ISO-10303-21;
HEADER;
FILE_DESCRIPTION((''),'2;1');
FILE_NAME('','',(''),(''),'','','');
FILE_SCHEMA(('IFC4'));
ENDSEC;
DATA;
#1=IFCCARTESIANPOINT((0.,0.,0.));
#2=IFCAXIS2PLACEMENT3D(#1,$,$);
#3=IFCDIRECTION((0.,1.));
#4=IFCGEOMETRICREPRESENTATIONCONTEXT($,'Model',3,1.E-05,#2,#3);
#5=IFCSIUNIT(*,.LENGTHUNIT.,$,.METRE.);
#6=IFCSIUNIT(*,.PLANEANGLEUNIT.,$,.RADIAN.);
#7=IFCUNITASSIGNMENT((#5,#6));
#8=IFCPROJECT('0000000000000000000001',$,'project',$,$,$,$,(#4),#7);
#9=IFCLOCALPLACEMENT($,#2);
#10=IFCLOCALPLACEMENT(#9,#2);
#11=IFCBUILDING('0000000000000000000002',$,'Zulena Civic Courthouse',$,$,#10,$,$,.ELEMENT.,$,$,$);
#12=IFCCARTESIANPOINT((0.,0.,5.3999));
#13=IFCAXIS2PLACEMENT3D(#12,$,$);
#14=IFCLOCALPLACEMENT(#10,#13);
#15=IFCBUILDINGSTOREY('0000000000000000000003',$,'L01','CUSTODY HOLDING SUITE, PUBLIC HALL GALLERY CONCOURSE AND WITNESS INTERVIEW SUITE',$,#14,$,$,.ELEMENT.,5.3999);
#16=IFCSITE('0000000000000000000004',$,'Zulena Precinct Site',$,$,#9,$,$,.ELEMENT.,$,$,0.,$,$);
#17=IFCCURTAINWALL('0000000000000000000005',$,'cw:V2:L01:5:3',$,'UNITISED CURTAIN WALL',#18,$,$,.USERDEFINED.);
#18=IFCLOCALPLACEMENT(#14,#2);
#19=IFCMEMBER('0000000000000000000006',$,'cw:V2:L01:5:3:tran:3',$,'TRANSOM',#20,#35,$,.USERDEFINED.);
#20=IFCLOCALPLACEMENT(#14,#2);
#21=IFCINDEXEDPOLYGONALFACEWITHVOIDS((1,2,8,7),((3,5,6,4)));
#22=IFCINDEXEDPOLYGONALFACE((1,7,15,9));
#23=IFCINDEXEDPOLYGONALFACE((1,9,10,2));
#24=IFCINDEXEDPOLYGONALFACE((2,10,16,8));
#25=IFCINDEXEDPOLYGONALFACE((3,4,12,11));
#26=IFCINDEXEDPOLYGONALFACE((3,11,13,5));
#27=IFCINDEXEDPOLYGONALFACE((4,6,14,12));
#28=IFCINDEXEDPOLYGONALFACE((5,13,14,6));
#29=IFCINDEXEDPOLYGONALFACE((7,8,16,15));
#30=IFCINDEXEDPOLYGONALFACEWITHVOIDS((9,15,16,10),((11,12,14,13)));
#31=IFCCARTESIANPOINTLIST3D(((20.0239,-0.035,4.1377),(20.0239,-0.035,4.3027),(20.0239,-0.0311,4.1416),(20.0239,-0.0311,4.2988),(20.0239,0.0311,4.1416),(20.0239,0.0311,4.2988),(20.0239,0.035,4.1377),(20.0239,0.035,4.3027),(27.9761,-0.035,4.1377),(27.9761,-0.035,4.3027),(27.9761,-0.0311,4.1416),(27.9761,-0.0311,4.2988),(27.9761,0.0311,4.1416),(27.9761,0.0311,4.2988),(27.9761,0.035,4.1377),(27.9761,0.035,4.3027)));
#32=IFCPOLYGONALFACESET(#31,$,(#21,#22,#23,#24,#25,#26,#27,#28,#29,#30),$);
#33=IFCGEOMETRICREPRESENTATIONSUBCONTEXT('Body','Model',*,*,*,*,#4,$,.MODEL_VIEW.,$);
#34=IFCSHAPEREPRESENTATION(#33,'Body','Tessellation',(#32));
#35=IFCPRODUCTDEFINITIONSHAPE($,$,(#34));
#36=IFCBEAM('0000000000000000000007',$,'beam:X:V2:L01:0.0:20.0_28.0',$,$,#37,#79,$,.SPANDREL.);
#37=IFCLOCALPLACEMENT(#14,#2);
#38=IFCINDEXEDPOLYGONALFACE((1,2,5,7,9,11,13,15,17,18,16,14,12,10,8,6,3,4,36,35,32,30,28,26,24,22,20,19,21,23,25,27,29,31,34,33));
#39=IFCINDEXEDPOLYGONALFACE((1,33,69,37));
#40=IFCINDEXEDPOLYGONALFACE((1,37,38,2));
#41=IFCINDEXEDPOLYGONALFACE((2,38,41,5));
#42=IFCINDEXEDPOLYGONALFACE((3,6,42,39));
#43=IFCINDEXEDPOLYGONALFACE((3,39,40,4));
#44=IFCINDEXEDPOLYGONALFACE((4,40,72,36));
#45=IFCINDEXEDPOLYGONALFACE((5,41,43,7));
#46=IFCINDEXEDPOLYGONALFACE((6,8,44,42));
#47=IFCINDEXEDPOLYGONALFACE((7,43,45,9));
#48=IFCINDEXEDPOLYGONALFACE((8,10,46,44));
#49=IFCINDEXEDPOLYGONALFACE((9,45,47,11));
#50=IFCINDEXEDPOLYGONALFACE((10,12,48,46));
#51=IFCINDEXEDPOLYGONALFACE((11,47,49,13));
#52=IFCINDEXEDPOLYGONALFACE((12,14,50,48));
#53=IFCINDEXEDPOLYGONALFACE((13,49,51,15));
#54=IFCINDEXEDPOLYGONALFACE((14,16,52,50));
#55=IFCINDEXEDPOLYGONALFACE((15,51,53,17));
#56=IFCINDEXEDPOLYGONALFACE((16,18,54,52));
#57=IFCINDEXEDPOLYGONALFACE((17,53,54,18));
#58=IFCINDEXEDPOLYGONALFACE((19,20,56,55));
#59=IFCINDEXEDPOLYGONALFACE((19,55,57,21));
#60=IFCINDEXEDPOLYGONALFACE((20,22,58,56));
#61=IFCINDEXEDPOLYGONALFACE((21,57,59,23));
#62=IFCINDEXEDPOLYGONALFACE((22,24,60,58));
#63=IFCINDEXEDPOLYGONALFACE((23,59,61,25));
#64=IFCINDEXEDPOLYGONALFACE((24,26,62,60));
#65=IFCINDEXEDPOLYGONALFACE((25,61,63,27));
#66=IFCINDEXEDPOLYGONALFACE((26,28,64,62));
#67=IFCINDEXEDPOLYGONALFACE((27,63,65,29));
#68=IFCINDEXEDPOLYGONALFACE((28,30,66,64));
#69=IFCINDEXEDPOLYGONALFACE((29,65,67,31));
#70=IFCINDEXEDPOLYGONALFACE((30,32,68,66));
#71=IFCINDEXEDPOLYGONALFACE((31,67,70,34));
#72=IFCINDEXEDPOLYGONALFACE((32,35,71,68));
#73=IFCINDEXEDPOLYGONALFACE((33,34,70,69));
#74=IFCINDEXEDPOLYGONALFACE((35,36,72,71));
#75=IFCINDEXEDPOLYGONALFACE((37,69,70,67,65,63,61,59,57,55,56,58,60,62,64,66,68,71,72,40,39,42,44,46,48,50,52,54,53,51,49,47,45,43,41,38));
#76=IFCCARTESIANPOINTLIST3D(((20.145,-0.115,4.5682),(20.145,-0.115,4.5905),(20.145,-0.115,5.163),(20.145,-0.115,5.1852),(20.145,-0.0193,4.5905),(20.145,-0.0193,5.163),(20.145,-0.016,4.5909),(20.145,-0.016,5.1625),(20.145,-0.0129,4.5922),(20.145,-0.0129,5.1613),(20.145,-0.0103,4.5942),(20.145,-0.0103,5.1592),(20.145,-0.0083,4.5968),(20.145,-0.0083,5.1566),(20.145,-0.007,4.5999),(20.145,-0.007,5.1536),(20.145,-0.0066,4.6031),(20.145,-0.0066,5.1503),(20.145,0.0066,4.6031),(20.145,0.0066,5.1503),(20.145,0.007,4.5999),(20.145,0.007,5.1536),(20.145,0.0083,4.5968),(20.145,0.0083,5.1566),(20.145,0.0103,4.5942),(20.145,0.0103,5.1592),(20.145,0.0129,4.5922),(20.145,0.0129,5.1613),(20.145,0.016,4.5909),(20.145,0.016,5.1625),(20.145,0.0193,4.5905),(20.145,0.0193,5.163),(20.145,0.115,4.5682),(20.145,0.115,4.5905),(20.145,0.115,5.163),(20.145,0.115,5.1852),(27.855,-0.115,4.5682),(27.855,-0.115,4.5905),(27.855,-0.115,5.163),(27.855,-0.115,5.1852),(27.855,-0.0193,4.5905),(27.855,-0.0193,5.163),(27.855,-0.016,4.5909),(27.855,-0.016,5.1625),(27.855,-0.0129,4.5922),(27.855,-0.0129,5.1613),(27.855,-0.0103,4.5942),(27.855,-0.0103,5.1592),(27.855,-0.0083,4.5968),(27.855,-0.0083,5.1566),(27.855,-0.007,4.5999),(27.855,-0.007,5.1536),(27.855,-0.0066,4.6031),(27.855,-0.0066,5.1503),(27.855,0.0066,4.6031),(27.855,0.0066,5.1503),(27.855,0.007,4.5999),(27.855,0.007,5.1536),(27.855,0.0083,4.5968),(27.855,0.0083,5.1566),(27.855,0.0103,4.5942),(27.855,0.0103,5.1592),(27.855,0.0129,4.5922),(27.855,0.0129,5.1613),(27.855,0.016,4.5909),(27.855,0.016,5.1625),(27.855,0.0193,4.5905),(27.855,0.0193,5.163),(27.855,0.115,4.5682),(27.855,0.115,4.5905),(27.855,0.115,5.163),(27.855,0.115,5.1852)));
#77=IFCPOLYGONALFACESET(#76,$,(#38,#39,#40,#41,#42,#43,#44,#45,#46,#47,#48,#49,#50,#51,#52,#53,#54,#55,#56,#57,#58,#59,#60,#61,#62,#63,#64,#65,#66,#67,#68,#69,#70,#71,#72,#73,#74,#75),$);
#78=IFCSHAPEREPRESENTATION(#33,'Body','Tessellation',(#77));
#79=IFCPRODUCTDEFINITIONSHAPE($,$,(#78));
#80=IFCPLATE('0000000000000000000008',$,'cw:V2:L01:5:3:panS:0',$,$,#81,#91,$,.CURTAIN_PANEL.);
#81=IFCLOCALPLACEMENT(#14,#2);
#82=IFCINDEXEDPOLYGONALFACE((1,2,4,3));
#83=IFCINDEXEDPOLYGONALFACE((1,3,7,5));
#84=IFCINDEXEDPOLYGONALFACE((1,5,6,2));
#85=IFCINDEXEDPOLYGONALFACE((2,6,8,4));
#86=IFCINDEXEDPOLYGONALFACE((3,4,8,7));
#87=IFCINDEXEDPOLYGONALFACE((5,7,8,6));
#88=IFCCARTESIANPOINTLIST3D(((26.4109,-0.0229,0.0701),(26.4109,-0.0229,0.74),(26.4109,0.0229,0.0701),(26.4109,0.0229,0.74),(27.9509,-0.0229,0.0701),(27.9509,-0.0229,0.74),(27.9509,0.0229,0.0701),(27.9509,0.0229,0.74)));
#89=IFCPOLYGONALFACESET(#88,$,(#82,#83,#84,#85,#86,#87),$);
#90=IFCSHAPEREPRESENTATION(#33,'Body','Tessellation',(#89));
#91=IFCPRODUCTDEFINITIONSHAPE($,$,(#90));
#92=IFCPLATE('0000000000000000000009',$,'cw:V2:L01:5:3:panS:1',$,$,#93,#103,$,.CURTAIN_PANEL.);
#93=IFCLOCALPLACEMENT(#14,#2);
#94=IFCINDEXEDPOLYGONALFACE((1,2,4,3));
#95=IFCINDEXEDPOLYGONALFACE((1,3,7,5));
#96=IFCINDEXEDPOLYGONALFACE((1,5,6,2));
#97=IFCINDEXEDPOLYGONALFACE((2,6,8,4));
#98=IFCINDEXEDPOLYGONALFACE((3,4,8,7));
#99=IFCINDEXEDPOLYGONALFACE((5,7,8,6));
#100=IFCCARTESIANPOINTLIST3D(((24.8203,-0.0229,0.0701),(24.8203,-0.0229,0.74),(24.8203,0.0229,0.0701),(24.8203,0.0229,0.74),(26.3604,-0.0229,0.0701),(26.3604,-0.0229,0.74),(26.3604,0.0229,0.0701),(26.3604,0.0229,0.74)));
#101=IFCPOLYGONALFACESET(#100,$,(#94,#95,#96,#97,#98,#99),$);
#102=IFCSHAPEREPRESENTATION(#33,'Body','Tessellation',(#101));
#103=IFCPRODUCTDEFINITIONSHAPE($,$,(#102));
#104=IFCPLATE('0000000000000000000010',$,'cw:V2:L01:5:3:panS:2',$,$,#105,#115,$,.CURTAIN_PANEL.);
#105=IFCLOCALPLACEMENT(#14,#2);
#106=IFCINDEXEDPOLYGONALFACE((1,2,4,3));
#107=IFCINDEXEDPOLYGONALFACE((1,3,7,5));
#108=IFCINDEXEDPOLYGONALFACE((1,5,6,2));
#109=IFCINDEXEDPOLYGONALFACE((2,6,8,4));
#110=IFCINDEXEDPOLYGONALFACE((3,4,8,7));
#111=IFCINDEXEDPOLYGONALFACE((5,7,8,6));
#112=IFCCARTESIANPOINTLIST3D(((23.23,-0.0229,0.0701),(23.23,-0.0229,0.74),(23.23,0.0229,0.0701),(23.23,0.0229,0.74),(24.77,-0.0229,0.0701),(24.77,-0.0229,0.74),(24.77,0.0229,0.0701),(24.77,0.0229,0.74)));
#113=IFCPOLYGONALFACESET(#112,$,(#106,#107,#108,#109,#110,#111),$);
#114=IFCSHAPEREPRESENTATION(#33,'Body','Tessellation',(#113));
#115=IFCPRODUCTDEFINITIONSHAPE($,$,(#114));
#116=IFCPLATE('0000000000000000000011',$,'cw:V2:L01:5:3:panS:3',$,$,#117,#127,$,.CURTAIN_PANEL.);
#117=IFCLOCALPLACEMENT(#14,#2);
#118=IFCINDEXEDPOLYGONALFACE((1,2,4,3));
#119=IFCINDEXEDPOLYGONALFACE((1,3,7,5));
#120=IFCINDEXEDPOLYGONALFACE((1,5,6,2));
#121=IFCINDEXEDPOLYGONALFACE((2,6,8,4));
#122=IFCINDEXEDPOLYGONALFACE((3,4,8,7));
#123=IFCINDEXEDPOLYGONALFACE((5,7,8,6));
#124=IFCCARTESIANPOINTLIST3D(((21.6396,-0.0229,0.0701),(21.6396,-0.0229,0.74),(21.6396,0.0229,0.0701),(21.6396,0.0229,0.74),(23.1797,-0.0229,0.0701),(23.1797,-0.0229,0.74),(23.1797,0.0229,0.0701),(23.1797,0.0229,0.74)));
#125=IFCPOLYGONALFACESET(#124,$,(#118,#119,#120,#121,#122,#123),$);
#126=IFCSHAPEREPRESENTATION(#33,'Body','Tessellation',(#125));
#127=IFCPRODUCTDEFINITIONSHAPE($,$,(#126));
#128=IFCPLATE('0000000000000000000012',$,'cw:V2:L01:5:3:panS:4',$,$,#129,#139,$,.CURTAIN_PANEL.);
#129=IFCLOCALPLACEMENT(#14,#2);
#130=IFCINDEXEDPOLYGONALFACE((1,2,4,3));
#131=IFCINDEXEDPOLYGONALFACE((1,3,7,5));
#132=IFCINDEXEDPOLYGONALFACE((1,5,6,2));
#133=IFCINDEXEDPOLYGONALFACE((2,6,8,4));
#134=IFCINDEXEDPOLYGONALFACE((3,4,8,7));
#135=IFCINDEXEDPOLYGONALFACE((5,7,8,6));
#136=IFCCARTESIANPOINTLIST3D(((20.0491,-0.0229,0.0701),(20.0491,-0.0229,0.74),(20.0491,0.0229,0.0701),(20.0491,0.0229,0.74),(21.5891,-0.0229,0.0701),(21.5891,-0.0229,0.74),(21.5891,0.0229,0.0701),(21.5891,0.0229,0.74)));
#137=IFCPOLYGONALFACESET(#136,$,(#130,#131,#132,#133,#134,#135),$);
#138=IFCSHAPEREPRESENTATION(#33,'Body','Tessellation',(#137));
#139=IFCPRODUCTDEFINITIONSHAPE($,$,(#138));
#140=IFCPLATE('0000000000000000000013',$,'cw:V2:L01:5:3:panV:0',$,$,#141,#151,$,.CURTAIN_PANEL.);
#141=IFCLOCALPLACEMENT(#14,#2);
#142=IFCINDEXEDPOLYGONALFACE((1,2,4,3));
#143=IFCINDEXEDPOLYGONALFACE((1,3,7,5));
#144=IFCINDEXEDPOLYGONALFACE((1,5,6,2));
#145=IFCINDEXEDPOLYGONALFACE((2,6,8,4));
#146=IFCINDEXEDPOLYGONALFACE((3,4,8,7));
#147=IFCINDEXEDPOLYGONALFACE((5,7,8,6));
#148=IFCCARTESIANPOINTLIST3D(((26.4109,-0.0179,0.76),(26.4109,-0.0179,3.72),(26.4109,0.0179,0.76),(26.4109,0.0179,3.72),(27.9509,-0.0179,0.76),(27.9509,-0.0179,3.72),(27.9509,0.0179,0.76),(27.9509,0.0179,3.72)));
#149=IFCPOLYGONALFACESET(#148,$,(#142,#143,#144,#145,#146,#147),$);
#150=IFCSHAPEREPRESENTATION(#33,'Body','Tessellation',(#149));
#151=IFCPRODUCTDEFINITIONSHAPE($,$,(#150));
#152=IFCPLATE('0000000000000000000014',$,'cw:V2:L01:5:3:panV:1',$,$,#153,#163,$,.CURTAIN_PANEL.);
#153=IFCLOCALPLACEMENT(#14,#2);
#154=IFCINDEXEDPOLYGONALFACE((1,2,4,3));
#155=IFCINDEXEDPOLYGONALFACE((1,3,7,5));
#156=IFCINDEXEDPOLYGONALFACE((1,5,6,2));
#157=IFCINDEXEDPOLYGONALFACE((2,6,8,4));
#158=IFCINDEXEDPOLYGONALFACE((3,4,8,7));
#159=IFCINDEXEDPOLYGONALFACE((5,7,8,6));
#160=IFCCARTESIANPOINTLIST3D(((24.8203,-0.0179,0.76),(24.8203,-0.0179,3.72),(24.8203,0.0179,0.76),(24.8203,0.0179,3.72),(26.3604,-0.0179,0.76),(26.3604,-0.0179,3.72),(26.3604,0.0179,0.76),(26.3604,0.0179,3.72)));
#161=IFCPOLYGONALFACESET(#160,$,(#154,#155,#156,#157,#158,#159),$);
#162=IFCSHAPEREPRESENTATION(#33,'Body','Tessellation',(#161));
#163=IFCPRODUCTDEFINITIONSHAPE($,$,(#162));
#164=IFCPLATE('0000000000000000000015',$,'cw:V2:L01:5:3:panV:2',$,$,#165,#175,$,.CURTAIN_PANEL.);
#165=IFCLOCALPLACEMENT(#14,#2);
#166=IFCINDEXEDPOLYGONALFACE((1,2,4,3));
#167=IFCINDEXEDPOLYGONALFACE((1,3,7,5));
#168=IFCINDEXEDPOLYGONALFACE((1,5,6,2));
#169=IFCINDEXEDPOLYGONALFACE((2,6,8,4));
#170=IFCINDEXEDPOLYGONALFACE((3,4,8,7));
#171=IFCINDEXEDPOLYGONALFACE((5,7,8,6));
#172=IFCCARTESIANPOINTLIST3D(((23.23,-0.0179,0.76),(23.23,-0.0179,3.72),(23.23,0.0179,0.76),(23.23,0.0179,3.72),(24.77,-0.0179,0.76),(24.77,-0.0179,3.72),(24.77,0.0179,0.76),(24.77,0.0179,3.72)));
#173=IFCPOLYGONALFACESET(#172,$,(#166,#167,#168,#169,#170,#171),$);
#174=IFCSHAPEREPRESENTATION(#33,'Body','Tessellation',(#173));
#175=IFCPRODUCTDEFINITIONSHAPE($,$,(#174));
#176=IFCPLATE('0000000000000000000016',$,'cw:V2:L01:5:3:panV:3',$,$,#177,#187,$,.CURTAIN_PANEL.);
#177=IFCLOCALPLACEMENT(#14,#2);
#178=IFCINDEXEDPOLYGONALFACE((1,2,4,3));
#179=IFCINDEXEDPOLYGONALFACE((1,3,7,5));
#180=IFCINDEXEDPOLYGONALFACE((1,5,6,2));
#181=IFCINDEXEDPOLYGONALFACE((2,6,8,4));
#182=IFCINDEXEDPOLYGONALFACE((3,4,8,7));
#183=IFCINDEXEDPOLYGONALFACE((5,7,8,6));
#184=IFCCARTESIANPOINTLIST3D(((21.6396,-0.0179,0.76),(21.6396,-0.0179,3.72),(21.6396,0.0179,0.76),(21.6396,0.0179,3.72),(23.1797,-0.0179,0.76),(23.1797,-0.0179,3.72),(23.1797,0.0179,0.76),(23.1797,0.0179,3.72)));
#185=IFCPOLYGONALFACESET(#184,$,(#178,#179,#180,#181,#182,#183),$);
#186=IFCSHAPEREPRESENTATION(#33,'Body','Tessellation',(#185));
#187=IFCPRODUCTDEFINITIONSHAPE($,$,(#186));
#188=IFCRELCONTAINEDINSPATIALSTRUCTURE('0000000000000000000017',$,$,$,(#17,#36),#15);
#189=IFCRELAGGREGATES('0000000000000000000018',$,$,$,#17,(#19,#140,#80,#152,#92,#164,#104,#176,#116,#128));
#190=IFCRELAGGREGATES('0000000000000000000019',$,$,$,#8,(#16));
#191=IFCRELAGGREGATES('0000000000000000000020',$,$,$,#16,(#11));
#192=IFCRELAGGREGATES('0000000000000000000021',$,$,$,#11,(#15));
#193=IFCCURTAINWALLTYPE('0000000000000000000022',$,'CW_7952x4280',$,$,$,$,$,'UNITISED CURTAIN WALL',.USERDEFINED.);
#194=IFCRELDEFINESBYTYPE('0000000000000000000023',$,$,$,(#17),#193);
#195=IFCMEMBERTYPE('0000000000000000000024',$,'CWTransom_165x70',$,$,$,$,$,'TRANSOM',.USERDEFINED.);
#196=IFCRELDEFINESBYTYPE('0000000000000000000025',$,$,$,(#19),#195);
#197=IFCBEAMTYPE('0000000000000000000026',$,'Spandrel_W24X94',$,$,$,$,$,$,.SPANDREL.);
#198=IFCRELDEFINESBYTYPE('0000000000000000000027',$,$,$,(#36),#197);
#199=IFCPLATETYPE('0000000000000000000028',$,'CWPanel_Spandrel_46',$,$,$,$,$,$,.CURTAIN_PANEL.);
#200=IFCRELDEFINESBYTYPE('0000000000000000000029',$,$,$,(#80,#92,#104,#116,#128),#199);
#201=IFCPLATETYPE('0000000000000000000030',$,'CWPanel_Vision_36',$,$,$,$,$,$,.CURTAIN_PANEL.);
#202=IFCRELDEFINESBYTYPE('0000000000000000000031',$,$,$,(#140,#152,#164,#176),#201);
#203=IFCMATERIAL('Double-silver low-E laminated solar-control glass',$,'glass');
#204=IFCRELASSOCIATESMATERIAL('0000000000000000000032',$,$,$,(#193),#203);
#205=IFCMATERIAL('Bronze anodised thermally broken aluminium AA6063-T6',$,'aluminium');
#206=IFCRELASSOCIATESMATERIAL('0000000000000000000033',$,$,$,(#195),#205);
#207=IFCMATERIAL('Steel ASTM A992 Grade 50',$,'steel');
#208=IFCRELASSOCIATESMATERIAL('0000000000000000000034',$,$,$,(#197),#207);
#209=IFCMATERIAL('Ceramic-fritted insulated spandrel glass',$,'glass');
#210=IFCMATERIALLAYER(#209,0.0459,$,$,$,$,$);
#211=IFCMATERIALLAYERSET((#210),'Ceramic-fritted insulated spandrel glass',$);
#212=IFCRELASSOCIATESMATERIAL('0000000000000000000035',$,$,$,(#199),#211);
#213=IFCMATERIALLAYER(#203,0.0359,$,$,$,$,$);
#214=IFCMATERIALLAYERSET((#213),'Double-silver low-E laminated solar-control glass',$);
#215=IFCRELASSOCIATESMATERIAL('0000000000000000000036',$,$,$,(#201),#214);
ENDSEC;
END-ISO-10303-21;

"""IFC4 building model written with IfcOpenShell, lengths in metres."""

from ifc_helpers import new_model, si_unit, direction, frame, origin, origin_2d, place, context, subcontext, project, spatial, rectangle, hollow_rectangle, i_section, extrude, material, layer, layer_set, material_profile, profile_set, type_object, element, aggregate, save


model = new_model("IFC4")

# Units and contexts
model_context = context("Model", 3, precision=1e-05, world=origin(), true_north=direction((0.0, 1.0)))
body_context = subcontext(model_context, "Body", "Model", "MODEL_VIEW")
ifc_project = project(units=[si_unit("LENGTHUNIT", "METRE"), si_unit("PLANEANGLEUNIT", "RADIAN")], contexts=[model_context])

# Site, building, storey
site_placement = place(None, origin())
site = spatial("IfcSite", under=ifc_project, at=site_placement, Name="Zulena Precinct Site", CompositionType="ELEMENT", RefElevation=0.0)
building_placement = place(site_placement, origin())
building = spatial("IfcBuilding", under=site, at=building_placement, Name="Zulena Civic Courthouse", CompositionType="ELEMENT")
storey_placement = place(building_placement, frame((0.0, 0.0, 5.3999)))
storey = spatial("IfcBuildingStorey", under=building, at=storey_placement, Name="L01", Description="CUSTODY HOLDING SUITE, PUBLIC HALL GALLERY CONCOURSE AND WITNESS INTERVIEW SUITE", CompositionType="ELEMENT", Elevation=5.3999)

# Shared definitions
ifc_material_1 = material(Name="Steel ASTM A992 Grade 50", Category="steel")

# Curtain wall, member
ifc_material_2 = material(Name="Double-silver low-E laminated solar-control glass", Category="glass")
curtain_wall_type = type_object("IfcCurtainWallType", Name="CW_7952x4280", ElementType="UNITISED CURTAIN WALL", PredefinedType="USERDEFINED", material=ifc_material_2)
curtain_wall_placement = place(storey_placement, origin())
curtain_wall = element("IfcCurtainWall", 1, at=curtain_wall_placement, inside=storey, type_object=curtain_wall_type, Name="cw:V2:L01:5:3", ObjectType="UNITISED CURTAIN WALL", PredefinedType="USERDEFINED")
ifc_material_3 = material(Name="Bronze anodised thermally broken aluminium AA6063-T6", Category="aluminium")
ifc_material_profile_1 = material_profile(ifc_material_3, hollow_rectangle(XDim=0.0701, YDim=0.165, WallThickness=0.0039, at=origin_2d()), Name="CWT165X70X4")
ifc_profile_set_1 = profile_set([ifc_material_profile_1], Name="Bronze anodised thermally broken aluminium AA6063-T6")
member_type_1 = type_object("IfcMemberType", Name="CWTransom_165x70", ElementType="TRANSOM", PredefinedType="USERDEFINED", material=ifc_profile_set_1)
member_1_placement = place(storey_placement, frame((27.9761, 0.0, 4.2202), z_axis=(-1.0, 0.0, 0.0), x_axis=(0.0, -1.0, 0.0)))
member_1 = element("IfcMember", 2, at=member_1_placement, type_object=member_type_1, Name="cw:V2:L01:5:3:tran:3", ObjectType="TRANSOM", PredefinedType="USERDEFINED", context=body_context, shape_type="SweptSolid", body=[
    extrude(hollow_rectangle(XDim=0.0701, YDim=0.165, WallThickness=0.0039, at=origin_2d()), origin(), (0.0, 0.0, 1.0), 7.9521),
])

# Beam
ifc_material_profile_2 = material_profile(ifc_material_1, i_section(OverallWidth=0.23, OverallDepth=0.6169, WebThickness=0.0132, FlangeThickness=0.0222, FilletRadius=0.0127, at=origin_2d()), Name="W24X94")
ifc_profile_set_2 = profile_set([ifc_material_profile_2], Name="Steel ASTM A992 Grade 50")
beam_type = type_object("IfcBeamType", Name="Spandrel_W24X94", PredefinedType="SPANDREL", material=ifc_profile_set_2)
beam_placement = place(storey_placement, frame((20.145, 0.0, 4.8767), z_axis=(1.0, 0.0, 0.0), x_axis=(0.0, 1.0, 0.0)))
element("IfcBeam", 3, at=beam_placement, inside=storey, type_object=beam_type, Name="beam:X:V2:L01:0.0:20.0_28.0", PredefinedType="SPANDREL", context=body_context, shape_type="SweptSolid", body=[
    extrude(i_section(OverallWidth=0.23, OverallDepth=0.6169, WebThickness=0.0132, FlangeThickness=0.0222, FilletRadius=0.0127, at=origin_2d()), origin(), (0.0, 0.0, 1.0), 7.71),
])

# Plates
ifc_material_4 = material(Name="Ceramic-fritted insulated spandrel glass", Category="glass")
ifc_layer_1 = layer(ifc_material_4, 0.0459)
ifc_layer_set_1 = layer_set([ifc_layer_1], Name="Ceramic-fritted insulated spandrel glass")
plate_type_1 = type_object("IfcPlateType", Name="CWPanel_Spandrel_46", PredefinedType="CURTAIN_PANEL", material=ifc_layer_set_1)
plate_1_placement = place(storey_placement, frame((27.1809, 0.0, 0.0701), z_axis=(0.0, 0.0, 1.0), x_axis=(-1.0, 0.0, 0.0)))
plate_1 = element("IfcPlate", 4, at=plate_1_placement, type_object=plate_type_1, Name="cw:V2:L01:5:3:panS:0", PredefinedType="CURTAIN_PANEL", context=body_context, shape_type="SweptSolid", body=[
    extrude(rectangle(XDim=1.54, YDim=0.0459, at=origin_2d()), origin(), (0.0, 0.0, 1.0), 0.6699),
])
plate_2_placement = place(storey_placement, frame((25.5903, 0.0, 0.0701), z_axis=(0.0, 0.0, 1.0), x_axis=(-1.0, 0.0, 0.0)))
plate_2 = element("IfcPlate", 5, at=plate_2_placement, type_object=plate_type_1, Name="cw:V2:L01:5:3:panS:1", PredefinedType="CURTAIN_PANEL", context=body_context, shape_type="SweptSolid", body=[
    extrude(rectangle(XDim=1.54, YDim=0.0459, at=origin_2d()), origin(), (0.0, 0.0, 1.0), 0.6699),
])
plate_3_placement = place(storey_placement, frame((24.0, 0.0, 0.0701), z_axis=(0.0, 0.0, 1.0), x_axis=(-1.0, 0.0, 0.0)))
plate_3 = element("IfcPlate", 6, at=plate_3_placement, type_object=plate_type_1, Name="cw:V2:L01:5:3:panS:2", PredefinedType="CURTAIN_PANEL", context=body_context, shape_type="SweptSolid", body=[
    extrude(rectangle(XDim=1.54, YDim=0.0459, at=origin_2d()), origin(), (0.0, 0.0, 1.0), 0.6699),
])
plate_4_placement = place(storey_placement, frame((22.4097, 0.0, 0.0701), z_axis=(0.0, 0.0, 1.0), x_axis=(-1.0, 0.0, 0.0)))
plate_4 = element("IfcPlate", 7, at=plate_4_placement, type_object=plate_type_1, Name="cw:V2:L01:5:3:panS:3", PredefinedType="CURTAIN_PANEL", context=body_context, shape_type="SweptSolid", body=[
    extrude(rectangle(XDim=1.54, YDim=0.0459, at=origin_2d()), origin(), (0.0, 0.0, 1.0), 0.6699),
])
plate_5_placement = place(storey_placement, frame((20.8191, 0.0, 0.0701), z_axis=(0.0, 0.0, 1.0), x_axis=(-1.0, 0.0, 0.0)))
plate_5 = element("IfcPlate", 8, at=plate_5_placement, type_object=plate_type_1, Name="cw:V2:L01:5:3:panS:4", PredefinedType="CURTAIN_PANEL", context=body_context, shape_type="SweptSolid", body=[
    extrude(rectangle(XDim=1.54, YDim=0.0459, at=origin_2d()), origin(), (0.0, 0.0, 1.0), 0.6699),
])
ifc_layer_2 = layer(ifc_material_2, 0.0359)
ifc_layer_set_2 = layer_set([ifc_layer_2], Name="Double-silver low-E laminated solar-control glass")
plate_type_2 = type_object("IfcPlateType", Name="CWPanel_Vision_36", PredefinedType="CURTAIN_PANEL", material=ifc_layer_set_2)
plate_6_placement = place(storey_placement, frame((27.1809, 0.0, 0.76), z_axis=(0.0, 0.0, 1.0), x_axis=(-1.0, 0.0, 0.0)))
plate_6 = element("IfcPlate", 9, at=plate_6_placement, type_object=plate_type_2, Name="cw:V2:L01:5:3:panV:0", PredefinedType="CURTAIN_PANEL", context=body_context, shape_type="SweptSolid", body=[
    extrude(rectangle(XDim=1.54, YDim=0.0359, at=origin_2d()), origin(), (0.0, 0.0, 1.0), 2.96),
])
plate_7_placement = place(storey_placement, frame((25.5903, 0.0, 0.76), z_axis=(0.0, 0.0, 1.0), x_axis=(-1.0, 0.0, 0.0)))
plate_7 = element("IfcPlate", 10, at=plate_7_placement, type_object=plate_type_2, Name="cw:V2:L01:5:3:panV:1", PredefinedType="CURTAIN_PANEL", context=body_context, shape_type="SweptSolid", body=[
    extrude(rectangle(XDim=1.54, YDim=0.0359, at=origin_2d()), origin(), (0.0, 0.0, 1.0), 2.96),
])
plate_8_placement = place(storey_placement, frame((24.0, 0.0, 0.76), z_axis=(0.0, 0.0, 1.0), x_axis=(-1.0, 0.0, 0.0)))
plate_8 = element("IfcPlate", 11, at=plate_8_placement, type_object=plate_type_2, Name="cw:V2:L01:5:3:panV:2", PredefinedType="CURTAIN_PANEL", context=body_context, shape_type="SweptSolid", body=[
    extrude(rectangle(XDim=1.54, YDim=0.0359, at=origin_2d()), origin(), (0.0, 0.0, 1.0), 2.96),
])
plate_9_placement = place(storey_placement, frame((22.4097, 0.0, 0.76), z_axis=(0.0, 0.0, 1.0), x_axis=(-1.0, 0.0, 0.0)))
plate_9 = element("IfcPlate", 12, at=plate_9_placement, type_object=plate_type_2, Name="cw:V2:L01:5:3:panV:3", PredefinedType="CURTAIN_PANEL", context=body_context, shape_type="SweptSolid", body=[
    extrude(rectangle(XDim=1.54, YDim=0.0359, at=origin_2d()), origin(), (0.0, 0.0, 1.0), 2.96),
])
aggregate(curtain_wall, [member_1, plate_6, plate_1, plate_7, plate_2, plate_8, plate_3, plate_9, plate_4, plate_5])

save(model, "model.ifc")
